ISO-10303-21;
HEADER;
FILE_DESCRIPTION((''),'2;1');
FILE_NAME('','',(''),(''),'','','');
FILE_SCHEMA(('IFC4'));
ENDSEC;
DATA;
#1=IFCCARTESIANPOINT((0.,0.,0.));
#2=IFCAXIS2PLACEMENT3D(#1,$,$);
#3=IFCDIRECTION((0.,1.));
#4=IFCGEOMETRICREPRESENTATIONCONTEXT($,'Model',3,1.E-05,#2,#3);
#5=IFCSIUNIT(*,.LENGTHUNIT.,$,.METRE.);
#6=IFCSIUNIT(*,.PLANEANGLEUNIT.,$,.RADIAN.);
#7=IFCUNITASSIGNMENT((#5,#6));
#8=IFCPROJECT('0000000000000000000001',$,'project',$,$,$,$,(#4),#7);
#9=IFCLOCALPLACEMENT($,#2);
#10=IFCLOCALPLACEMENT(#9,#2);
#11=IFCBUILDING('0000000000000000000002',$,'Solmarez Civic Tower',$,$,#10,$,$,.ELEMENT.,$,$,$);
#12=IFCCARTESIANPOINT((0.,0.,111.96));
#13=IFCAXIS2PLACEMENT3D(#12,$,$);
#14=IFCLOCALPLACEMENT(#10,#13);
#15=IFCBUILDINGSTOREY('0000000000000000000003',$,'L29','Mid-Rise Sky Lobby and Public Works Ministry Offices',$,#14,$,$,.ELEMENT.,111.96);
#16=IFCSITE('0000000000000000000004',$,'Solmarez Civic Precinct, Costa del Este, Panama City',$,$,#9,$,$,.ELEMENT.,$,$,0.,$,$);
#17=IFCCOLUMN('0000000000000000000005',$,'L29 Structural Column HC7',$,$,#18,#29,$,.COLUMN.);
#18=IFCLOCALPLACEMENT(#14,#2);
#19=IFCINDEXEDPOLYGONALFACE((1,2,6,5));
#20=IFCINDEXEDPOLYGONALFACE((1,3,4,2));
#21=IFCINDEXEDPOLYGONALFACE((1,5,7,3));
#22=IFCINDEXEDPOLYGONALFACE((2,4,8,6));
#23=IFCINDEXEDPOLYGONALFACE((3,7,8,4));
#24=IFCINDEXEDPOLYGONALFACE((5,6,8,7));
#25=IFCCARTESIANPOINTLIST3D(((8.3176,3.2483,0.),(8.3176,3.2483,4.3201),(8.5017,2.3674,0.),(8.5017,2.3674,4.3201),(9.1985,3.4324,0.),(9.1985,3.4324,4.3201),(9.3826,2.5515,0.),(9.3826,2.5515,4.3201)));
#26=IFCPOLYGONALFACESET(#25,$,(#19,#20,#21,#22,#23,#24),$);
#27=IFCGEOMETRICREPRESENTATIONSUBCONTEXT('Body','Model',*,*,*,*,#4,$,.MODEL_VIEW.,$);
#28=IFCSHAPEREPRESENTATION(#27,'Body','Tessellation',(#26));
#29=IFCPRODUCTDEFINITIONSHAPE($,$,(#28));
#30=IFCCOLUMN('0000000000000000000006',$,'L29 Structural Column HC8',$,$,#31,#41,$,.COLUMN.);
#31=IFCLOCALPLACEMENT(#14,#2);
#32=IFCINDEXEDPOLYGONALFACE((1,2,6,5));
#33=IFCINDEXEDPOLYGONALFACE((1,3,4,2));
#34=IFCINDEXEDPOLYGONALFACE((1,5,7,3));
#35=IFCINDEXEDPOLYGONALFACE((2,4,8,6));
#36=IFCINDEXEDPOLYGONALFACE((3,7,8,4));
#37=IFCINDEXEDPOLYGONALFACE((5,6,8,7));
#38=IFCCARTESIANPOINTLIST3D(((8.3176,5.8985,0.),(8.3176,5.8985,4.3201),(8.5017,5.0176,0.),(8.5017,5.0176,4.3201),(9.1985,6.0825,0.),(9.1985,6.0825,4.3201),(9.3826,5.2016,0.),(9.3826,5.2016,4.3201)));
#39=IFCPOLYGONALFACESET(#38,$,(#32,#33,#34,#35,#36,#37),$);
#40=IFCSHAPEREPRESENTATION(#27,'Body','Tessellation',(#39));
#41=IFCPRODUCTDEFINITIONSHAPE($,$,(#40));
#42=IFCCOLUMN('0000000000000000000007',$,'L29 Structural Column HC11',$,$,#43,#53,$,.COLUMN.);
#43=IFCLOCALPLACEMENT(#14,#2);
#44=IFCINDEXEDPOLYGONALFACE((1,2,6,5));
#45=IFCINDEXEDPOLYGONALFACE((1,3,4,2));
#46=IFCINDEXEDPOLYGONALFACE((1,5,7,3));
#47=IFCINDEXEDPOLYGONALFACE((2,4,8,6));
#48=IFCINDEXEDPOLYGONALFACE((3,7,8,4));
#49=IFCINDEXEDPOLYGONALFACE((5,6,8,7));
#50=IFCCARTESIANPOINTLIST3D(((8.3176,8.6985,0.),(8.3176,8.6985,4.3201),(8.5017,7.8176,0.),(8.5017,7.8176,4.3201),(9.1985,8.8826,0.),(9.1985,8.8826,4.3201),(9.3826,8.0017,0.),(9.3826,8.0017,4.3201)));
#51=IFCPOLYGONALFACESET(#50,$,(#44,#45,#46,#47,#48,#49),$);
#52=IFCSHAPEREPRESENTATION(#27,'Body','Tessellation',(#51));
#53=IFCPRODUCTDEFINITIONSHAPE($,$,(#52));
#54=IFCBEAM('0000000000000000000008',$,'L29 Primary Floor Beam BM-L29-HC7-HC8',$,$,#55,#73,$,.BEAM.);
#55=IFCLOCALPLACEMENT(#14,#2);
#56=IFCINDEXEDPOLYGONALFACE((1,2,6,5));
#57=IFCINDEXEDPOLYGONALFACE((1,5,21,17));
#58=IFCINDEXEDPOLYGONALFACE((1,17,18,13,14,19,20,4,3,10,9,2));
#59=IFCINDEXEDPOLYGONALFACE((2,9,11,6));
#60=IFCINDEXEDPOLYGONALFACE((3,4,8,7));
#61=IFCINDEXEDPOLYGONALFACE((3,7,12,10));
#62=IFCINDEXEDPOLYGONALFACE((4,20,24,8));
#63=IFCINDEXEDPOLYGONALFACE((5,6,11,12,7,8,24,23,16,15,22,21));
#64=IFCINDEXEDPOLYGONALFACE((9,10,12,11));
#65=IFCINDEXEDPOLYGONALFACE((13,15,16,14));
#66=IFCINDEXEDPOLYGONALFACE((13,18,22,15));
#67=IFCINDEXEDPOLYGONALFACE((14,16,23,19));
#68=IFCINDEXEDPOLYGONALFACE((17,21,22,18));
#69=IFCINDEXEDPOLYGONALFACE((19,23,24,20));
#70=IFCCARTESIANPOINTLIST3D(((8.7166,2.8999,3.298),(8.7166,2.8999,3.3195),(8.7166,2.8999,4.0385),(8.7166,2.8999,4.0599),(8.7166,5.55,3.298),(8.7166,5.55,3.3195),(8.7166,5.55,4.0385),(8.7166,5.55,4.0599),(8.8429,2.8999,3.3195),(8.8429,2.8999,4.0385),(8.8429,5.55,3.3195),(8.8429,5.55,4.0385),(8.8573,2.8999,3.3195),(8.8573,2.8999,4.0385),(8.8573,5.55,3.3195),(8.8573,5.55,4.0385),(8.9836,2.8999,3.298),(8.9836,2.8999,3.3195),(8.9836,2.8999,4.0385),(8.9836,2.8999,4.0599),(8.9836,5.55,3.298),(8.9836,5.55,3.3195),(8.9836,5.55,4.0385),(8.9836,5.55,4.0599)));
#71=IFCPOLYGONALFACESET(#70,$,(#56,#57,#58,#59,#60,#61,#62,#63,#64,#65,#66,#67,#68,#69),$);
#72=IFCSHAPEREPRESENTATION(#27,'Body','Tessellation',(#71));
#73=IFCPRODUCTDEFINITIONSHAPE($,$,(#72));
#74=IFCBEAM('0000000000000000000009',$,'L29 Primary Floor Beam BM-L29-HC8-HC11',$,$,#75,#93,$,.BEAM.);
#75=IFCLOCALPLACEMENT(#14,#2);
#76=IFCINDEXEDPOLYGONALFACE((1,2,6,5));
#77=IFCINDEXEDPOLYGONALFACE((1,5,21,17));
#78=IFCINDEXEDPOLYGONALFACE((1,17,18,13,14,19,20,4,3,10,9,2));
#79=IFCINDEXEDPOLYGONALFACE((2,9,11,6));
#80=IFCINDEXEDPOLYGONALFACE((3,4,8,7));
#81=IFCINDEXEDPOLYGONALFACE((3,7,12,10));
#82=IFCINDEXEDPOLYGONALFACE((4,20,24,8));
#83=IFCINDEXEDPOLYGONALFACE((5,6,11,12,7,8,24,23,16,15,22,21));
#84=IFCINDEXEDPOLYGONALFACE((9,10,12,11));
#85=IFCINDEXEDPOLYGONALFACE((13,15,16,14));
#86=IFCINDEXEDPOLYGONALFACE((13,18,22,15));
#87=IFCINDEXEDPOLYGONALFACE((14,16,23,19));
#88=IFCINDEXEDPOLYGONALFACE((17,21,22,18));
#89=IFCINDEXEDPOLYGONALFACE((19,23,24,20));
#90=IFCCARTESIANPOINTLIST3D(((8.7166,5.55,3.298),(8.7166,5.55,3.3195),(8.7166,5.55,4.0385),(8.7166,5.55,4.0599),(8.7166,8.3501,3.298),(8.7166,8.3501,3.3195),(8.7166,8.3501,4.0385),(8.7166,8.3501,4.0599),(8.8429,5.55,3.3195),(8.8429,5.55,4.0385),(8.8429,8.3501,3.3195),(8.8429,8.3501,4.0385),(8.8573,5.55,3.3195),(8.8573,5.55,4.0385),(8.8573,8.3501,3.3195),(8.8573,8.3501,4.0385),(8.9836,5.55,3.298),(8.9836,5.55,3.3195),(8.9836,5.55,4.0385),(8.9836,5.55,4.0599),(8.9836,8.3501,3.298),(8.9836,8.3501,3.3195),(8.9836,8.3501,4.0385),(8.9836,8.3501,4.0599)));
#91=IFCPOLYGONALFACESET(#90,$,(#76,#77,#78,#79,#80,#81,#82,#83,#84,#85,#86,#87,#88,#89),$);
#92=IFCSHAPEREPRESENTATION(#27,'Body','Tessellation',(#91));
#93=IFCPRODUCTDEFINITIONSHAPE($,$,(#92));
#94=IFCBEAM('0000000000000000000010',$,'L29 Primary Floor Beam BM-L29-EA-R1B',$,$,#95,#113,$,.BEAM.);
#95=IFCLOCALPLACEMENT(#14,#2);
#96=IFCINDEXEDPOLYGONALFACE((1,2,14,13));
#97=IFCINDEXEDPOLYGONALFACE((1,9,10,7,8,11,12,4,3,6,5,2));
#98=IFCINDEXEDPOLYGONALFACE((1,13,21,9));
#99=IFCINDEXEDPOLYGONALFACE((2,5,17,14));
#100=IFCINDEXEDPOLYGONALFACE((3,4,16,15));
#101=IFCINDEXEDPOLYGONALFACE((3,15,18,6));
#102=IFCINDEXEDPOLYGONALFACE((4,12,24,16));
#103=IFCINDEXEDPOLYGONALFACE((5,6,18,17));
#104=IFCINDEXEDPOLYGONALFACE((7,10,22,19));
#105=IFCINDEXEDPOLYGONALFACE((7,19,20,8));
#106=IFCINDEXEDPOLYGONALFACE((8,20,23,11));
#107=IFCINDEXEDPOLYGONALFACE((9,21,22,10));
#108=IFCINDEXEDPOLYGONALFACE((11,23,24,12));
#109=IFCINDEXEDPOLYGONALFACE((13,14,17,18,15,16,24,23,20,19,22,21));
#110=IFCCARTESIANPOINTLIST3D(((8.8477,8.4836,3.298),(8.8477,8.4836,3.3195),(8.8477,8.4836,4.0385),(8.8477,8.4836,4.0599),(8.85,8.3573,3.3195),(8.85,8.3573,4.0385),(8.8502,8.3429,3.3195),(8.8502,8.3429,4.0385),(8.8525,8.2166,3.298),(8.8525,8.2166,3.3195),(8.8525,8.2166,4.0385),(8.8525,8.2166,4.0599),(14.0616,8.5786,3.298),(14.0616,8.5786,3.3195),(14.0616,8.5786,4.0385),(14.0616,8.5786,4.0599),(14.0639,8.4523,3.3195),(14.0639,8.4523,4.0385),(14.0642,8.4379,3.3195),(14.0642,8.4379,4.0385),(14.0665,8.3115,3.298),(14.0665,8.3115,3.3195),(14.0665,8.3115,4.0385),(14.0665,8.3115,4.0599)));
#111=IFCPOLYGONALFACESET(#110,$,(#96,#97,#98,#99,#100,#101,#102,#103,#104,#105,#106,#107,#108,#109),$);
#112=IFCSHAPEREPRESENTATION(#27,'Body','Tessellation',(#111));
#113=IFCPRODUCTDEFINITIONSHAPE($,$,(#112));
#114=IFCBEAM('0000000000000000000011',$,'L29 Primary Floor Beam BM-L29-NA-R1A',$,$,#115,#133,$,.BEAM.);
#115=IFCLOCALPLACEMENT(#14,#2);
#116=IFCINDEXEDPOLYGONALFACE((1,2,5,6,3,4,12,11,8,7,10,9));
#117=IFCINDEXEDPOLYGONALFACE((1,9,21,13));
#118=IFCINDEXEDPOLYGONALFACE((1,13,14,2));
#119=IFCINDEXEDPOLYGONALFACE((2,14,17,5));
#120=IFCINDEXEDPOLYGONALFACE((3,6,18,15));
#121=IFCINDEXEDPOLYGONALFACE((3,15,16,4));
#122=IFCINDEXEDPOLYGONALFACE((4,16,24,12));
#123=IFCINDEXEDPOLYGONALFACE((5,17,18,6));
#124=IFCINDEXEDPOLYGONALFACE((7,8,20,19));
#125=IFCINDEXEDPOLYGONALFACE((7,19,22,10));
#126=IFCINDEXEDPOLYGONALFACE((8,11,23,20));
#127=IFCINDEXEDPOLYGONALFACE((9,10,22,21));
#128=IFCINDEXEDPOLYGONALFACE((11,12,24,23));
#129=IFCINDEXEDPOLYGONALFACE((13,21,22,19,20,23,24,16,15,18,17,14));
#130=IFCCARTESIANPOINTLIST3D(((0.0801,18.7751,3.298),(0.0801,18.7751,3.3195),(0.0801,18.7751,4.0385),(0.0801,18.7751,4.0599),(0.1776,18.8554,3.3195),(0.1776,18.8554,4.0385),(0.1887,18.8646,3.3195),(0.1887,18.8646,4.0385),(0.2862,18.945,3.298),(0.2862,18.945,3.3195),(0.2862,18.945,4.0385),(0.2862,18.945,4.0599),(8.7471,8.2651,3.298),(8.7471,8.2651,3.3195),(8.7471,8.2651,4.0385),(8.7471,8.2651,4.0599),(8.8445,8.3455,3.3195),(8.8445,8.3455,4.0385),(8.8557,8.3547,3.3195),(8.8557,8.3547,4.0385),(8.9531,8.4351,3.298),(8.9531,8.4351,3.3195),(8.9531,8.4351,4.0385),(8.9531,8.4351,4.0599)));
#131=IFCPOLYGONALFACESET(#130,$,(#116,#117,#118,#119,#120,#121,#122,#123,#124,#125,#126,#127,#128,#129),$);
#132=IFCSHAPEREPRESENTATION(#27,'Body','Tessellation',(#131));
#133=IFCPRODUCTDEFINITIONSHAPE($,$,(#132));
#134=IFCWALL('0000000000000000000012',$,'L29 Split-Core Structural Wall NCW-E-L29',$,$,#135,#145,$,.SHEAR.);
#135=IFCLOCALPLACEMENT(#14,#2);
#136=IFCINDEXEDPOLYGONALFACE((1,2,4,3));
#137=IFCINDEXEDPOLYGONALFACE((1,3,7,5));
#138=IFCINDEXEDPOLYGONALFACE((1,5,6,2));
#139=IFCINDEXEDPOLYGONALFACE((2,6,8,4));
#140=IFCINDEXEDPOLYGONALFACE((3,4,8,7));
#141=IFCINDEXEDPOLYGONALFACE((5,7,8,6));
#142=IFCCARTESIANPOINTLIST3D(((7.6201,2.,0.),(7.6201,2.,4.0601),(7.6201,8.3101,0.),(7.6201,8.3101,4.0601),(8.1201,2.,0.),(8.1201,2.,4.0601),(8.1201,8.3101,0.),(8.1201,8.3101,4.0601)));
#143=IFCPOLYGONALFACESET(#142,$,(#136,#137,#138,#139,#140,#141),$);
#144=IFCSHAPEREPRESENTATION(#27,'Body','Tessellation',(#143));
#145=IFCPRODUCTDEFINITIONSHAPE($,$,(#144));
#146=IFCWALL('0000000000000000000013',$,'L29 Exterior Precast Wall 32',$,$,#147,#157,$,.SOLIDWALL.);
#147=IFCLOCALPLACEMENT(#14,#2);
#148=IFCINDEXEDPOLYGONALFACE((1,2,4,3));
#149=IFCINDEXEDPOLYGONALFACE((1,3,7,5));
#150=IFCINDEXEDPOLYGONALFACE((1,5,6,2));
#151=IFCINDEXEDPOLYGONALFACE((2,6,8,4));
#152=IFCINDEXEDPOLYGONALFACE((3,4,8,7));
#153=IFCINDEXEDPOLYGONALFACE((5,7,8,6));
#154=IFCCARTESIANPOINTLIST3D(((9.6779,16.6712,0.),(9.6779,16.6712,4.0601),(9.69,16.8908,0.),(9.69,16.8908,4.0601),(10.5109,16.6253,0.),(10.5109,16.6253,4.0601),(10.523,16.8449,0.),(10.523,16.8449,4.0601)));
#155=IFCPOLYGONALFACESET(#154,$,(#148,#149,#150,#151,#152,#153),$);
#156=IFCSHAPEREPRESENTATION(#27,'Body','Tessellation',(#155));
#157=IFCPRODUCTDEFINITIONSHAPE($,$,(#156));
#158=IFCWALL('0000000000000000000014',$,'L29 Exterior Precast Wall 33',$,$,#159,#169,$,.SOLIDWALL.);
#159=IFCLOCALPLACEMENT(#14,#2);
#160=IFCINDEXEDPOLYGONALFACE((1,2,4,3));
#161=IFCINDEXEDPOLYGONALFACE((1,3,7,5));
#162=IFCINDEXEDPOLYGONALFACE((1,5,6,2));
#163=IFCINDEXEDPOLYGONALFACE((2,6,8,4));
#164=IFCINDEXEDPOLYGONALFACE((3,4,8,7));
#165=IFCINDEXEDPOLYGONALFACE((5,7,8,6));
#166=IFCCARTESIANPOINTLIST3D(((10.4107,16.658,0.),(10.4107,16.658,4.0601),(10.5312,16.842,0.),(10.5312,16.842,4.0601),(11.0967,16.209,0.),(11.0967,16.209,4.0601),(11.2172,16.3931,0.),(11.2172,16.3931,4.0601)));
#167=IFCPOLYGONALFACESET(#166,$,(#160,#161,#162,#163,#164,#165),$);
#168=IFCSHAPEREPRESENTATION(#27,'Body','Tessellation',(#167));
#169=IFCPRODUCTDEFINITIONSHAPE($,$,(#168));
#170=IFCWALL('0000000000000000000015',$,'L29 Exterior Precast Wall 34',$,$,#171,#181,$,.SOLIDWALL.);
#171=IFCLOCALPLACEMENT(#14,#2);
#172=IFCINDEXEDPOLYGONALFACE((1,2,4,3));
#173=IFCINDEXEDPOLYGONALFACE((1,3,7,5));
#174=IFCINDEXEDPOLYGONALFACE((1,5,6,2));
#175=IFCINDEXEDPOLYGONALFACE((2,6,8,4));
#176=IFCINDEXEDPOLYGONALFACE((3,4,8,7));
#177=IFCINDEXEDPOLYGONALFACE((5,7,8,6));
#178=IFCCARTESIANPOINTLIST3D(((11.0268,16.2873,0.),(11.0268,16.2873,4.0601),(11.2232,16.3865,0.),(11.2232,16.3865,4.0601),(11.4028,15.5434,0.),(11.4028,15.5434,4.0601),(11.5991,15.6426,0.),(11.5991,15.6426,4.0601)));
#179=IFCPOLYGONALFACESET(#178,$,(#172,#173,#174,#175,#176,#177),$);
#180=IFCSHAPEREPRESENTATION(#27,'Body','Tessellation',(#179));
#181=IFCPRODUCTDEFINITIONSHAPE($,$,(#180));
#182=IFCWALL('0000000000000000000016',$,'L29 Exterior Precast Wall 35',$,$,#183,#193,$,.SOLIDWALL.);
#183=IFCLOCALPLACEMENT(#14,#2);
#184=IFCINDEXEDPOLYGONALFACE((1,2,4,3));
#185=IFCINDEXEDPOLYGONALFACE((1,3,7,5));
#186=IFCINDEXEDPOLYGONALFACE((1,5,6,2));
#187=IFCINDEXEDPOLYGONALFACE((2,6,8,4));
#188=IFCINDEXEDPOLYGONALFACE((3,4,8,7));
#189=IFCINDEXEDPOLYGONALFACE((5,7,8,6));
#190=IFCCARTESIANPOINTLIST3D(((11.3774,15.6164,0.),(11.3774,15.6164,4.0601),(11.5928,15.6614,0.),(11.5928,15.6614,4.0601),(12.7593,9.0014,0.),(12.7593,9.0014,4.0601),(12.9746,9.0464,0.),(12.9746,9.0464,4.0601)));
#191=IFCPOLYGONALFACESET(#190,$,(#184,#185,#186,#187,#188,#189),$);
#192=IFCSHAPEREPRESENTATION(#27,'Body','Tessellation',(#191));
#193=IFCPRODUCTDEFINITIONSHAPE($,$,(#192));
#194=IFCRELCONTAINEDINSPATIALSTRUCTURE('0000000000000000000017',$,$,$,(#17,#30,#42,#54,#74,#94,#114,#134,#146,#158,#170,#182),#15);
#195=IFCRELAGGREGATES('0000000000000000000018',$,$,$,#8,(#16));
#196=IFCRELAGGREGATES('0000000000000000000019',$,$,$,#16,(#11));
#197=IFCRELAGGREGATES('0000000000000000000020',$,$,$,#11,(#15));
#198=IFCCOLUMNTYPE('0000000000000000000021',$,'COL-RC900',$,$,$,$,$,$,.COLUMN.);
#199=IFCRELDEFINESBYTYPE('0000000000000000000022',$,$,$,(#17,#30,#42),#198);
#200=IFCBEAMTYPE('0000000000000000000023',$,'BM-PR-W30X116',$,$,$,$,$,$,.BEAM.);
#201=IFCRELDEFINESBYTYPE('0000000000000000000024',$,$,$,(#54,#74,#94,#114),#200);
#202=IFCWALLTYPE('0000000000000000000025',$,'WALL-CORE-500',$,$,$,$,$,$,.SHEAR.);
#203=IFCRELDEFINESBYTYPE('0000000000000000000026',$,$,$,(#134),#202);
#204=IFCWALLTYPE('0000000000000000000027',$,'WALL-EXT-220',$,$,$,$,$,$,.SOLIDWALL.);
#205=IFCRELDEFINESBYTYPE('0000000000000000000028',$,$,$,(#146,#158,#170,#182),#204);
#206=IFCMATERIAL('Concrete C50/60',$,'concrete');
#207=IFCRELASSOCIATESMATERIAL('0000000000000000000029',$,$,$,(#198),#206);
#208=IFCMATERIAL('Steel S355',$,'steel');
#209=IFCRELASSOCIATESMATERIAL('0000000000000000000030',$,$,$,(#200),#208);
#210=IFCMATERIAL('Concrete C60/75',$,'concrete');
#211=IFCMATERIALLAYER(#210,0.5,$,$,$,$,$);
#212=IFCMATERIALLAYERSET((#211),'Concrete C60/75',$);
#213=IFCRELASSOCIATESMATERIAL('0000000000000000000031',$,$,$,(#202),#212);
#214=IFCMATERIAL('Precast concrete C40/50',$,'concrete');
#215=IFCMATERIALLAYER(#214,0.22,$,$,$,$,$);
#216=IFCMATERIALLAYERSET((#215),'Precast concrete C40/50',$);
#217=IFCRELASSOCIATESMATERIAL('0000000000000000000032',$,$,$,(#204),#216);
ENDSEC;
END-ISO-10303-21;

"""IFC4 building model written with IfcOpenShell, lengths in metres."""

from ifc_helpers import new_model, si_unit, direction, frame, frame_2d, origin, origin_2d, place, context, subcontext, project, spatial, rectangle, i_section, extrude, material, layer, layer_set, material_profile, profile_set, type_object, element, save


model = new_model("IFC4")

# Units and contexts
model_context = context("Model", 3, precision=1e-05, world=origin(), true_north=direction((0.0, 1.0)))
body_context = subcontext(model_context, "Body", "Model", "MODEL_VIEW")
ifc_project = project(units=[si_unit("LENGTHUNIT", "METRE"), si_unit("PLANEANGLEUNIT", "RADIAN")], contexts=[model_context])

# Site, building, storey
site_placement = place(None, origin())
site = spatial("IfcSite", under=ifc_project, at=site_placement, Name="Solmarez Civic Precinct, Costa del Este, Panama City", CompositionType="ELEMENT", RefElevation=0.0)
building_placement = place(site_placement, origin())
building = spatial("IfcBuilding", under=site, at=building_placement, Name="Solmarez Civic Tower", CompositionType="ELEMENT")
storey_placement = place(building_placement, frame((0.0, 0.0, 111.96)))
storey = spatial("IfcBuildingStorey", under=building, at=storey_placement, Name="L29", Description="Mid-Rise Sky Lobby and Public Works Ministry Offices", CompositionType="ELEMENT", Elevation=111.96)

# Columns
ifc_material_1 = material(Name="Concrete C50/60", Category="concrete")
ifc_material_profile_1 = material_profile(ifc_material_1, rectangle(XDim=0.8999, YDim=0.8999, at=origin_2d()), Name="RC900X900")
ifc_profile_set_1 = profile_set([ifc_material_profile_1], Name="Concrete C50/60")
column_type = type_object("IfcColumnType", Name="COL-RC900", PredefinedType="COLUMN", material=ifc_profile_set_1)
for number, where, z_axis, x_axis, name in (
    (1, (8.8501, 2.8999, 0.0), (0.0, 0.0, 1.0), (0.978867, 0.204496, 0.0), "L29 Structural Column HC7"),
    (2, (8.8501, 5.55, 0.0), (0.0, 0.0, 1.0), (0.978867, 0.204496, 0.0), "L29 Structural Column HC8"),
    (3, (8.8501, 8.3501, 0.0), (0.0, 0.0, 1.0), (0.978867, 0.204496, 0.0), "L29 Structural Column HC11"),
):
    element("IfcColumn", number, at=place(storey_placement, frame(where, z_axis=z_axis, x_axis=x_axis)), inside=storey, type_object=column_type, Name=name, PredefinedType="COLUMN", context=body_context, shape_type="SweptSolid", body=[
        extrude(rectangle(XDim=0.8999, YDim=0.8999, at=origin_2d()), origin(), (0.0, 0.0, 1.0), 4.3201),
    ])

# Beams
ifc_material_2 = material(Name="Steel S355", Category="steel")
ifc_material_profile_2 = material_profile(ifc_material_2, i_section(OverallWidth=0.2671, OverallDepth=0.762, WebThickness=0.0144, FlangeThickness=0.0215, at=origin_2d()), Name="W30X116")
ifc_profile_set_2 = profile_set([ifc_material_profile_2], Name="Steel S355")
beam_type = type_object("IfcBeamType", Name="BM-PR-W30X116", PredefinedType="BEAM", material=ifc_profile_set_2)
beam_1_placement = place(storey_placement, frame((8.8501, 2.8999, 3.679), z_axis=(0.0, 1.0, 0.0), x_axis=(-1.0, 0.0, 0.0)))
element("IfcBeam", 4, at=beam_1_placement, inside=storey, type_object=beam_type, Name="L29 Primary Floor Beam BM-L29-HC7-HC8", PredefinedType="BEAM", context=body_context, shape_type="SweptSolid", body=[
    extrude(i_section(OverallWidth=0.2671, OverallDepth=0.762, WebThickness=0.0144, FlangeThickness=0.0215, at=origin_2d()), origin(), (0.0, 0.0, 1.0), 2.6501),
])
beam_2_placement = place(storey_placement, frame((8.8501, 5.55, 3.679), z_axis=(0.0, 1.0, 0.0), x_axis=(-1.0, 0.0, 0.0)))
element("IfcBeam", 5, at=beam_2_placement, inside=storey, type_object=beam_type, Name="L29 Primary Floor Beam BM-L29-HC8-HC11", PredefinedType="BEAM", context=body_context, shape_type="SweptSolid", body=[
    extrude(i_section(OverallWidth=0.2671, OverallDepth=0.762, WebThickness=0.0144, FlangeThickness=0.0215, at=origin_2d()), origin(), (0.0, 0.0, 1.0), 2.8),
])
beam_3_placement = place(storey_placement, frame((8.8501, 8.3501, 3.679), z_axis=(0.999834, 0.018212, 0.0), x_axis=(-0.018212, 0.999834, 0.0)))
element("IfcBeam", 6, at=beam_3_placement, inside=storey, type_object=beam_type, Name="L29 Primary Floor Beam BM-L29-EA-R1B", PredefinedType="BEAM", context=body_context, shape_type="SweptSolid", body=[
    extrude(i_section(OverallWidth=0.2671, OverallDepth=0.762, WebThickness=0.0144, FlangeThickness=0.0215, at=origin_2d()), origin(), (0.0, 0.0, 1.0), 5.2148),
])
beam_4_placement = place(storey_placement, frame((8.8501, 8.3501, 3.679), z_axis=(-0.636218, 0.771509, 0.0), x_axis=(-0.771509, -0.636218, 0.0)))
element("IfcBeam", 7, at=beam_4_placement, inside=storey, type_object=beam_type, Name="L29 Primary Floor Beam BM-L29-NA-R1A", PredefinedType="BEAM", context=body_context, shape_type="SweptSolid", body=[
    extrude(i_section(OverallWidth=0.2671, OverallDepth=0.762, WebThickness=0.0144, FlangeThickness=0.0215, at=origin_2d()), origin(), (0.0, 0.0, 1.0), 13.6226),
])

# Shared definitions
ifc_material_3 = material(Name="Concrete C60/75", Category="concrete")
ifc_layer_1 = layer(ifc_material_3, 0.5)
ifc_layer_set_1 = layer_set([ifc_layer_1], Name="Concrete C60/75")
wall_type_1 = type_object("IfcWallType", Name="WALL-CORE-500", PredefinedType="SHEAR", material=ifc_layer_set_1)

# Walls
wall_1_placement = place(storey_placement, frame((7.8701, 8.3101, 0.0), z_axis=(0.0, 0.0, 1.0), x_axis=(0.0, -1.0, 0.0)))
element("IfcWall", 8, at=wall_1_placement, inside=storey, type_object=wall_type_1, Name="L29 Split-Core Structural Wall NCW-E-L29", PredefinedType="SHEAR", context=body_context, shape_type="SweptSolid", body=[
    extrude(rectangle(XDim=6.3101, YDim=0.5, at=frame_2d((3.155, 0.0))), origin(), (0.0, 0.0, 1.0), 4.0601),
])
ifc_material_4 = material(Name="Precast concrete C40/50", Category="concrete")
ifc_layer_2 = layer(ifc_material_4, 0.22)
ifc_layer_set_2 = layer_set([ifc_layer_2], Name="Precast concrete C40/50")
wall_type_2 = type_object("IfcWallType", Name="WALL-EXT-220", PredefinedType="SOLIDWALL", material=ifc_layer_set_2)
wall_2_placement = place(storey_placement, frame((9.6841, 16.781, 0.0), z_axis=(0.0, 0.0, 1.0), x_axis=(0.998485, -0.055016, 0.0)))
element("IfcWall", 9, at=wall_2_placement, inside=storey, type_object=wall_type_2, Name="L29 Exterior Precast Wall 32", PredefinedType="SOLIDWALL", context=body_context, shape_type="SweptSolid", body=[
    extrude(rectangle(XDim=0.8342, YDim=0.22, at=frame_2d((0.417, 0.0))), origin(), (0.0, 0.0, 1.0), 4.0601),
])
wall_3_placement = place(storey_placement, frame((10.4709, 16.75, 0.0), z_axis=(0.0, 0.0, 1.0), x_axis=(0.836739, -0.547602, 0.0)))
element("IfcWall", 10, at=wall_3_placement, inside=storey, type_object=wall_type_2, Name="L29 Exterior Precast Wall 33", PredefinedType="SOLIDWALL", context=body_context, shape_type="SweptSolid", body=[
    extrude(rectangle(XDim=0.8198, YDim=0.22, at=frame_2d((0.4099, 0.0))), origin(), (0.0, 0.0, 1.0), 4.0601),
])
wall_4_placement = place(storey_placement, frame((11.125, 16.3369, 0.0), z_axis=(0.0, 0.0, 1.0), x_axis=(0.451076, -0.892486, 0.0)))
element("IfcWall", 11, at=wall_4_placement, inside=storey, type_object=wall_type_2, Name="L29 Exterior Precast Wall 34", PredefinedType="SOLIDWALL", context=body_context, shape_type="SweptSolid", body=[
    extrude(rectangle(XDim=0.8335, YDim=0.22, at=frame_2d((0.4167, 0.0))), origin(), (0.0, 0.0, 1.0), 4.0601),
])
wall_5_placement = place(storey_placement, frame((11.4851, 15.6389, 0.0), z_axis=(0.0, 0.0, 1.0), x_axis=(0.204481, -0.978871, 0.0)))
element("IfcWall", 12, at=wall_5_placement, inside=storey, type_object=wall_type_2, Name="L29 Exterior Precast Wall 35", PredefinedType="SOLIDWALL", context=body_context, shape_type="SweptSolid", body=[
    extrude(rectangle(XDim=6.7578, YDim=0.22, at=frame_2d((3.3789, 0.0))), origin(), (0.0, 0.0, 1.0), 4.0601),
])

save(model, "model.ifc")
